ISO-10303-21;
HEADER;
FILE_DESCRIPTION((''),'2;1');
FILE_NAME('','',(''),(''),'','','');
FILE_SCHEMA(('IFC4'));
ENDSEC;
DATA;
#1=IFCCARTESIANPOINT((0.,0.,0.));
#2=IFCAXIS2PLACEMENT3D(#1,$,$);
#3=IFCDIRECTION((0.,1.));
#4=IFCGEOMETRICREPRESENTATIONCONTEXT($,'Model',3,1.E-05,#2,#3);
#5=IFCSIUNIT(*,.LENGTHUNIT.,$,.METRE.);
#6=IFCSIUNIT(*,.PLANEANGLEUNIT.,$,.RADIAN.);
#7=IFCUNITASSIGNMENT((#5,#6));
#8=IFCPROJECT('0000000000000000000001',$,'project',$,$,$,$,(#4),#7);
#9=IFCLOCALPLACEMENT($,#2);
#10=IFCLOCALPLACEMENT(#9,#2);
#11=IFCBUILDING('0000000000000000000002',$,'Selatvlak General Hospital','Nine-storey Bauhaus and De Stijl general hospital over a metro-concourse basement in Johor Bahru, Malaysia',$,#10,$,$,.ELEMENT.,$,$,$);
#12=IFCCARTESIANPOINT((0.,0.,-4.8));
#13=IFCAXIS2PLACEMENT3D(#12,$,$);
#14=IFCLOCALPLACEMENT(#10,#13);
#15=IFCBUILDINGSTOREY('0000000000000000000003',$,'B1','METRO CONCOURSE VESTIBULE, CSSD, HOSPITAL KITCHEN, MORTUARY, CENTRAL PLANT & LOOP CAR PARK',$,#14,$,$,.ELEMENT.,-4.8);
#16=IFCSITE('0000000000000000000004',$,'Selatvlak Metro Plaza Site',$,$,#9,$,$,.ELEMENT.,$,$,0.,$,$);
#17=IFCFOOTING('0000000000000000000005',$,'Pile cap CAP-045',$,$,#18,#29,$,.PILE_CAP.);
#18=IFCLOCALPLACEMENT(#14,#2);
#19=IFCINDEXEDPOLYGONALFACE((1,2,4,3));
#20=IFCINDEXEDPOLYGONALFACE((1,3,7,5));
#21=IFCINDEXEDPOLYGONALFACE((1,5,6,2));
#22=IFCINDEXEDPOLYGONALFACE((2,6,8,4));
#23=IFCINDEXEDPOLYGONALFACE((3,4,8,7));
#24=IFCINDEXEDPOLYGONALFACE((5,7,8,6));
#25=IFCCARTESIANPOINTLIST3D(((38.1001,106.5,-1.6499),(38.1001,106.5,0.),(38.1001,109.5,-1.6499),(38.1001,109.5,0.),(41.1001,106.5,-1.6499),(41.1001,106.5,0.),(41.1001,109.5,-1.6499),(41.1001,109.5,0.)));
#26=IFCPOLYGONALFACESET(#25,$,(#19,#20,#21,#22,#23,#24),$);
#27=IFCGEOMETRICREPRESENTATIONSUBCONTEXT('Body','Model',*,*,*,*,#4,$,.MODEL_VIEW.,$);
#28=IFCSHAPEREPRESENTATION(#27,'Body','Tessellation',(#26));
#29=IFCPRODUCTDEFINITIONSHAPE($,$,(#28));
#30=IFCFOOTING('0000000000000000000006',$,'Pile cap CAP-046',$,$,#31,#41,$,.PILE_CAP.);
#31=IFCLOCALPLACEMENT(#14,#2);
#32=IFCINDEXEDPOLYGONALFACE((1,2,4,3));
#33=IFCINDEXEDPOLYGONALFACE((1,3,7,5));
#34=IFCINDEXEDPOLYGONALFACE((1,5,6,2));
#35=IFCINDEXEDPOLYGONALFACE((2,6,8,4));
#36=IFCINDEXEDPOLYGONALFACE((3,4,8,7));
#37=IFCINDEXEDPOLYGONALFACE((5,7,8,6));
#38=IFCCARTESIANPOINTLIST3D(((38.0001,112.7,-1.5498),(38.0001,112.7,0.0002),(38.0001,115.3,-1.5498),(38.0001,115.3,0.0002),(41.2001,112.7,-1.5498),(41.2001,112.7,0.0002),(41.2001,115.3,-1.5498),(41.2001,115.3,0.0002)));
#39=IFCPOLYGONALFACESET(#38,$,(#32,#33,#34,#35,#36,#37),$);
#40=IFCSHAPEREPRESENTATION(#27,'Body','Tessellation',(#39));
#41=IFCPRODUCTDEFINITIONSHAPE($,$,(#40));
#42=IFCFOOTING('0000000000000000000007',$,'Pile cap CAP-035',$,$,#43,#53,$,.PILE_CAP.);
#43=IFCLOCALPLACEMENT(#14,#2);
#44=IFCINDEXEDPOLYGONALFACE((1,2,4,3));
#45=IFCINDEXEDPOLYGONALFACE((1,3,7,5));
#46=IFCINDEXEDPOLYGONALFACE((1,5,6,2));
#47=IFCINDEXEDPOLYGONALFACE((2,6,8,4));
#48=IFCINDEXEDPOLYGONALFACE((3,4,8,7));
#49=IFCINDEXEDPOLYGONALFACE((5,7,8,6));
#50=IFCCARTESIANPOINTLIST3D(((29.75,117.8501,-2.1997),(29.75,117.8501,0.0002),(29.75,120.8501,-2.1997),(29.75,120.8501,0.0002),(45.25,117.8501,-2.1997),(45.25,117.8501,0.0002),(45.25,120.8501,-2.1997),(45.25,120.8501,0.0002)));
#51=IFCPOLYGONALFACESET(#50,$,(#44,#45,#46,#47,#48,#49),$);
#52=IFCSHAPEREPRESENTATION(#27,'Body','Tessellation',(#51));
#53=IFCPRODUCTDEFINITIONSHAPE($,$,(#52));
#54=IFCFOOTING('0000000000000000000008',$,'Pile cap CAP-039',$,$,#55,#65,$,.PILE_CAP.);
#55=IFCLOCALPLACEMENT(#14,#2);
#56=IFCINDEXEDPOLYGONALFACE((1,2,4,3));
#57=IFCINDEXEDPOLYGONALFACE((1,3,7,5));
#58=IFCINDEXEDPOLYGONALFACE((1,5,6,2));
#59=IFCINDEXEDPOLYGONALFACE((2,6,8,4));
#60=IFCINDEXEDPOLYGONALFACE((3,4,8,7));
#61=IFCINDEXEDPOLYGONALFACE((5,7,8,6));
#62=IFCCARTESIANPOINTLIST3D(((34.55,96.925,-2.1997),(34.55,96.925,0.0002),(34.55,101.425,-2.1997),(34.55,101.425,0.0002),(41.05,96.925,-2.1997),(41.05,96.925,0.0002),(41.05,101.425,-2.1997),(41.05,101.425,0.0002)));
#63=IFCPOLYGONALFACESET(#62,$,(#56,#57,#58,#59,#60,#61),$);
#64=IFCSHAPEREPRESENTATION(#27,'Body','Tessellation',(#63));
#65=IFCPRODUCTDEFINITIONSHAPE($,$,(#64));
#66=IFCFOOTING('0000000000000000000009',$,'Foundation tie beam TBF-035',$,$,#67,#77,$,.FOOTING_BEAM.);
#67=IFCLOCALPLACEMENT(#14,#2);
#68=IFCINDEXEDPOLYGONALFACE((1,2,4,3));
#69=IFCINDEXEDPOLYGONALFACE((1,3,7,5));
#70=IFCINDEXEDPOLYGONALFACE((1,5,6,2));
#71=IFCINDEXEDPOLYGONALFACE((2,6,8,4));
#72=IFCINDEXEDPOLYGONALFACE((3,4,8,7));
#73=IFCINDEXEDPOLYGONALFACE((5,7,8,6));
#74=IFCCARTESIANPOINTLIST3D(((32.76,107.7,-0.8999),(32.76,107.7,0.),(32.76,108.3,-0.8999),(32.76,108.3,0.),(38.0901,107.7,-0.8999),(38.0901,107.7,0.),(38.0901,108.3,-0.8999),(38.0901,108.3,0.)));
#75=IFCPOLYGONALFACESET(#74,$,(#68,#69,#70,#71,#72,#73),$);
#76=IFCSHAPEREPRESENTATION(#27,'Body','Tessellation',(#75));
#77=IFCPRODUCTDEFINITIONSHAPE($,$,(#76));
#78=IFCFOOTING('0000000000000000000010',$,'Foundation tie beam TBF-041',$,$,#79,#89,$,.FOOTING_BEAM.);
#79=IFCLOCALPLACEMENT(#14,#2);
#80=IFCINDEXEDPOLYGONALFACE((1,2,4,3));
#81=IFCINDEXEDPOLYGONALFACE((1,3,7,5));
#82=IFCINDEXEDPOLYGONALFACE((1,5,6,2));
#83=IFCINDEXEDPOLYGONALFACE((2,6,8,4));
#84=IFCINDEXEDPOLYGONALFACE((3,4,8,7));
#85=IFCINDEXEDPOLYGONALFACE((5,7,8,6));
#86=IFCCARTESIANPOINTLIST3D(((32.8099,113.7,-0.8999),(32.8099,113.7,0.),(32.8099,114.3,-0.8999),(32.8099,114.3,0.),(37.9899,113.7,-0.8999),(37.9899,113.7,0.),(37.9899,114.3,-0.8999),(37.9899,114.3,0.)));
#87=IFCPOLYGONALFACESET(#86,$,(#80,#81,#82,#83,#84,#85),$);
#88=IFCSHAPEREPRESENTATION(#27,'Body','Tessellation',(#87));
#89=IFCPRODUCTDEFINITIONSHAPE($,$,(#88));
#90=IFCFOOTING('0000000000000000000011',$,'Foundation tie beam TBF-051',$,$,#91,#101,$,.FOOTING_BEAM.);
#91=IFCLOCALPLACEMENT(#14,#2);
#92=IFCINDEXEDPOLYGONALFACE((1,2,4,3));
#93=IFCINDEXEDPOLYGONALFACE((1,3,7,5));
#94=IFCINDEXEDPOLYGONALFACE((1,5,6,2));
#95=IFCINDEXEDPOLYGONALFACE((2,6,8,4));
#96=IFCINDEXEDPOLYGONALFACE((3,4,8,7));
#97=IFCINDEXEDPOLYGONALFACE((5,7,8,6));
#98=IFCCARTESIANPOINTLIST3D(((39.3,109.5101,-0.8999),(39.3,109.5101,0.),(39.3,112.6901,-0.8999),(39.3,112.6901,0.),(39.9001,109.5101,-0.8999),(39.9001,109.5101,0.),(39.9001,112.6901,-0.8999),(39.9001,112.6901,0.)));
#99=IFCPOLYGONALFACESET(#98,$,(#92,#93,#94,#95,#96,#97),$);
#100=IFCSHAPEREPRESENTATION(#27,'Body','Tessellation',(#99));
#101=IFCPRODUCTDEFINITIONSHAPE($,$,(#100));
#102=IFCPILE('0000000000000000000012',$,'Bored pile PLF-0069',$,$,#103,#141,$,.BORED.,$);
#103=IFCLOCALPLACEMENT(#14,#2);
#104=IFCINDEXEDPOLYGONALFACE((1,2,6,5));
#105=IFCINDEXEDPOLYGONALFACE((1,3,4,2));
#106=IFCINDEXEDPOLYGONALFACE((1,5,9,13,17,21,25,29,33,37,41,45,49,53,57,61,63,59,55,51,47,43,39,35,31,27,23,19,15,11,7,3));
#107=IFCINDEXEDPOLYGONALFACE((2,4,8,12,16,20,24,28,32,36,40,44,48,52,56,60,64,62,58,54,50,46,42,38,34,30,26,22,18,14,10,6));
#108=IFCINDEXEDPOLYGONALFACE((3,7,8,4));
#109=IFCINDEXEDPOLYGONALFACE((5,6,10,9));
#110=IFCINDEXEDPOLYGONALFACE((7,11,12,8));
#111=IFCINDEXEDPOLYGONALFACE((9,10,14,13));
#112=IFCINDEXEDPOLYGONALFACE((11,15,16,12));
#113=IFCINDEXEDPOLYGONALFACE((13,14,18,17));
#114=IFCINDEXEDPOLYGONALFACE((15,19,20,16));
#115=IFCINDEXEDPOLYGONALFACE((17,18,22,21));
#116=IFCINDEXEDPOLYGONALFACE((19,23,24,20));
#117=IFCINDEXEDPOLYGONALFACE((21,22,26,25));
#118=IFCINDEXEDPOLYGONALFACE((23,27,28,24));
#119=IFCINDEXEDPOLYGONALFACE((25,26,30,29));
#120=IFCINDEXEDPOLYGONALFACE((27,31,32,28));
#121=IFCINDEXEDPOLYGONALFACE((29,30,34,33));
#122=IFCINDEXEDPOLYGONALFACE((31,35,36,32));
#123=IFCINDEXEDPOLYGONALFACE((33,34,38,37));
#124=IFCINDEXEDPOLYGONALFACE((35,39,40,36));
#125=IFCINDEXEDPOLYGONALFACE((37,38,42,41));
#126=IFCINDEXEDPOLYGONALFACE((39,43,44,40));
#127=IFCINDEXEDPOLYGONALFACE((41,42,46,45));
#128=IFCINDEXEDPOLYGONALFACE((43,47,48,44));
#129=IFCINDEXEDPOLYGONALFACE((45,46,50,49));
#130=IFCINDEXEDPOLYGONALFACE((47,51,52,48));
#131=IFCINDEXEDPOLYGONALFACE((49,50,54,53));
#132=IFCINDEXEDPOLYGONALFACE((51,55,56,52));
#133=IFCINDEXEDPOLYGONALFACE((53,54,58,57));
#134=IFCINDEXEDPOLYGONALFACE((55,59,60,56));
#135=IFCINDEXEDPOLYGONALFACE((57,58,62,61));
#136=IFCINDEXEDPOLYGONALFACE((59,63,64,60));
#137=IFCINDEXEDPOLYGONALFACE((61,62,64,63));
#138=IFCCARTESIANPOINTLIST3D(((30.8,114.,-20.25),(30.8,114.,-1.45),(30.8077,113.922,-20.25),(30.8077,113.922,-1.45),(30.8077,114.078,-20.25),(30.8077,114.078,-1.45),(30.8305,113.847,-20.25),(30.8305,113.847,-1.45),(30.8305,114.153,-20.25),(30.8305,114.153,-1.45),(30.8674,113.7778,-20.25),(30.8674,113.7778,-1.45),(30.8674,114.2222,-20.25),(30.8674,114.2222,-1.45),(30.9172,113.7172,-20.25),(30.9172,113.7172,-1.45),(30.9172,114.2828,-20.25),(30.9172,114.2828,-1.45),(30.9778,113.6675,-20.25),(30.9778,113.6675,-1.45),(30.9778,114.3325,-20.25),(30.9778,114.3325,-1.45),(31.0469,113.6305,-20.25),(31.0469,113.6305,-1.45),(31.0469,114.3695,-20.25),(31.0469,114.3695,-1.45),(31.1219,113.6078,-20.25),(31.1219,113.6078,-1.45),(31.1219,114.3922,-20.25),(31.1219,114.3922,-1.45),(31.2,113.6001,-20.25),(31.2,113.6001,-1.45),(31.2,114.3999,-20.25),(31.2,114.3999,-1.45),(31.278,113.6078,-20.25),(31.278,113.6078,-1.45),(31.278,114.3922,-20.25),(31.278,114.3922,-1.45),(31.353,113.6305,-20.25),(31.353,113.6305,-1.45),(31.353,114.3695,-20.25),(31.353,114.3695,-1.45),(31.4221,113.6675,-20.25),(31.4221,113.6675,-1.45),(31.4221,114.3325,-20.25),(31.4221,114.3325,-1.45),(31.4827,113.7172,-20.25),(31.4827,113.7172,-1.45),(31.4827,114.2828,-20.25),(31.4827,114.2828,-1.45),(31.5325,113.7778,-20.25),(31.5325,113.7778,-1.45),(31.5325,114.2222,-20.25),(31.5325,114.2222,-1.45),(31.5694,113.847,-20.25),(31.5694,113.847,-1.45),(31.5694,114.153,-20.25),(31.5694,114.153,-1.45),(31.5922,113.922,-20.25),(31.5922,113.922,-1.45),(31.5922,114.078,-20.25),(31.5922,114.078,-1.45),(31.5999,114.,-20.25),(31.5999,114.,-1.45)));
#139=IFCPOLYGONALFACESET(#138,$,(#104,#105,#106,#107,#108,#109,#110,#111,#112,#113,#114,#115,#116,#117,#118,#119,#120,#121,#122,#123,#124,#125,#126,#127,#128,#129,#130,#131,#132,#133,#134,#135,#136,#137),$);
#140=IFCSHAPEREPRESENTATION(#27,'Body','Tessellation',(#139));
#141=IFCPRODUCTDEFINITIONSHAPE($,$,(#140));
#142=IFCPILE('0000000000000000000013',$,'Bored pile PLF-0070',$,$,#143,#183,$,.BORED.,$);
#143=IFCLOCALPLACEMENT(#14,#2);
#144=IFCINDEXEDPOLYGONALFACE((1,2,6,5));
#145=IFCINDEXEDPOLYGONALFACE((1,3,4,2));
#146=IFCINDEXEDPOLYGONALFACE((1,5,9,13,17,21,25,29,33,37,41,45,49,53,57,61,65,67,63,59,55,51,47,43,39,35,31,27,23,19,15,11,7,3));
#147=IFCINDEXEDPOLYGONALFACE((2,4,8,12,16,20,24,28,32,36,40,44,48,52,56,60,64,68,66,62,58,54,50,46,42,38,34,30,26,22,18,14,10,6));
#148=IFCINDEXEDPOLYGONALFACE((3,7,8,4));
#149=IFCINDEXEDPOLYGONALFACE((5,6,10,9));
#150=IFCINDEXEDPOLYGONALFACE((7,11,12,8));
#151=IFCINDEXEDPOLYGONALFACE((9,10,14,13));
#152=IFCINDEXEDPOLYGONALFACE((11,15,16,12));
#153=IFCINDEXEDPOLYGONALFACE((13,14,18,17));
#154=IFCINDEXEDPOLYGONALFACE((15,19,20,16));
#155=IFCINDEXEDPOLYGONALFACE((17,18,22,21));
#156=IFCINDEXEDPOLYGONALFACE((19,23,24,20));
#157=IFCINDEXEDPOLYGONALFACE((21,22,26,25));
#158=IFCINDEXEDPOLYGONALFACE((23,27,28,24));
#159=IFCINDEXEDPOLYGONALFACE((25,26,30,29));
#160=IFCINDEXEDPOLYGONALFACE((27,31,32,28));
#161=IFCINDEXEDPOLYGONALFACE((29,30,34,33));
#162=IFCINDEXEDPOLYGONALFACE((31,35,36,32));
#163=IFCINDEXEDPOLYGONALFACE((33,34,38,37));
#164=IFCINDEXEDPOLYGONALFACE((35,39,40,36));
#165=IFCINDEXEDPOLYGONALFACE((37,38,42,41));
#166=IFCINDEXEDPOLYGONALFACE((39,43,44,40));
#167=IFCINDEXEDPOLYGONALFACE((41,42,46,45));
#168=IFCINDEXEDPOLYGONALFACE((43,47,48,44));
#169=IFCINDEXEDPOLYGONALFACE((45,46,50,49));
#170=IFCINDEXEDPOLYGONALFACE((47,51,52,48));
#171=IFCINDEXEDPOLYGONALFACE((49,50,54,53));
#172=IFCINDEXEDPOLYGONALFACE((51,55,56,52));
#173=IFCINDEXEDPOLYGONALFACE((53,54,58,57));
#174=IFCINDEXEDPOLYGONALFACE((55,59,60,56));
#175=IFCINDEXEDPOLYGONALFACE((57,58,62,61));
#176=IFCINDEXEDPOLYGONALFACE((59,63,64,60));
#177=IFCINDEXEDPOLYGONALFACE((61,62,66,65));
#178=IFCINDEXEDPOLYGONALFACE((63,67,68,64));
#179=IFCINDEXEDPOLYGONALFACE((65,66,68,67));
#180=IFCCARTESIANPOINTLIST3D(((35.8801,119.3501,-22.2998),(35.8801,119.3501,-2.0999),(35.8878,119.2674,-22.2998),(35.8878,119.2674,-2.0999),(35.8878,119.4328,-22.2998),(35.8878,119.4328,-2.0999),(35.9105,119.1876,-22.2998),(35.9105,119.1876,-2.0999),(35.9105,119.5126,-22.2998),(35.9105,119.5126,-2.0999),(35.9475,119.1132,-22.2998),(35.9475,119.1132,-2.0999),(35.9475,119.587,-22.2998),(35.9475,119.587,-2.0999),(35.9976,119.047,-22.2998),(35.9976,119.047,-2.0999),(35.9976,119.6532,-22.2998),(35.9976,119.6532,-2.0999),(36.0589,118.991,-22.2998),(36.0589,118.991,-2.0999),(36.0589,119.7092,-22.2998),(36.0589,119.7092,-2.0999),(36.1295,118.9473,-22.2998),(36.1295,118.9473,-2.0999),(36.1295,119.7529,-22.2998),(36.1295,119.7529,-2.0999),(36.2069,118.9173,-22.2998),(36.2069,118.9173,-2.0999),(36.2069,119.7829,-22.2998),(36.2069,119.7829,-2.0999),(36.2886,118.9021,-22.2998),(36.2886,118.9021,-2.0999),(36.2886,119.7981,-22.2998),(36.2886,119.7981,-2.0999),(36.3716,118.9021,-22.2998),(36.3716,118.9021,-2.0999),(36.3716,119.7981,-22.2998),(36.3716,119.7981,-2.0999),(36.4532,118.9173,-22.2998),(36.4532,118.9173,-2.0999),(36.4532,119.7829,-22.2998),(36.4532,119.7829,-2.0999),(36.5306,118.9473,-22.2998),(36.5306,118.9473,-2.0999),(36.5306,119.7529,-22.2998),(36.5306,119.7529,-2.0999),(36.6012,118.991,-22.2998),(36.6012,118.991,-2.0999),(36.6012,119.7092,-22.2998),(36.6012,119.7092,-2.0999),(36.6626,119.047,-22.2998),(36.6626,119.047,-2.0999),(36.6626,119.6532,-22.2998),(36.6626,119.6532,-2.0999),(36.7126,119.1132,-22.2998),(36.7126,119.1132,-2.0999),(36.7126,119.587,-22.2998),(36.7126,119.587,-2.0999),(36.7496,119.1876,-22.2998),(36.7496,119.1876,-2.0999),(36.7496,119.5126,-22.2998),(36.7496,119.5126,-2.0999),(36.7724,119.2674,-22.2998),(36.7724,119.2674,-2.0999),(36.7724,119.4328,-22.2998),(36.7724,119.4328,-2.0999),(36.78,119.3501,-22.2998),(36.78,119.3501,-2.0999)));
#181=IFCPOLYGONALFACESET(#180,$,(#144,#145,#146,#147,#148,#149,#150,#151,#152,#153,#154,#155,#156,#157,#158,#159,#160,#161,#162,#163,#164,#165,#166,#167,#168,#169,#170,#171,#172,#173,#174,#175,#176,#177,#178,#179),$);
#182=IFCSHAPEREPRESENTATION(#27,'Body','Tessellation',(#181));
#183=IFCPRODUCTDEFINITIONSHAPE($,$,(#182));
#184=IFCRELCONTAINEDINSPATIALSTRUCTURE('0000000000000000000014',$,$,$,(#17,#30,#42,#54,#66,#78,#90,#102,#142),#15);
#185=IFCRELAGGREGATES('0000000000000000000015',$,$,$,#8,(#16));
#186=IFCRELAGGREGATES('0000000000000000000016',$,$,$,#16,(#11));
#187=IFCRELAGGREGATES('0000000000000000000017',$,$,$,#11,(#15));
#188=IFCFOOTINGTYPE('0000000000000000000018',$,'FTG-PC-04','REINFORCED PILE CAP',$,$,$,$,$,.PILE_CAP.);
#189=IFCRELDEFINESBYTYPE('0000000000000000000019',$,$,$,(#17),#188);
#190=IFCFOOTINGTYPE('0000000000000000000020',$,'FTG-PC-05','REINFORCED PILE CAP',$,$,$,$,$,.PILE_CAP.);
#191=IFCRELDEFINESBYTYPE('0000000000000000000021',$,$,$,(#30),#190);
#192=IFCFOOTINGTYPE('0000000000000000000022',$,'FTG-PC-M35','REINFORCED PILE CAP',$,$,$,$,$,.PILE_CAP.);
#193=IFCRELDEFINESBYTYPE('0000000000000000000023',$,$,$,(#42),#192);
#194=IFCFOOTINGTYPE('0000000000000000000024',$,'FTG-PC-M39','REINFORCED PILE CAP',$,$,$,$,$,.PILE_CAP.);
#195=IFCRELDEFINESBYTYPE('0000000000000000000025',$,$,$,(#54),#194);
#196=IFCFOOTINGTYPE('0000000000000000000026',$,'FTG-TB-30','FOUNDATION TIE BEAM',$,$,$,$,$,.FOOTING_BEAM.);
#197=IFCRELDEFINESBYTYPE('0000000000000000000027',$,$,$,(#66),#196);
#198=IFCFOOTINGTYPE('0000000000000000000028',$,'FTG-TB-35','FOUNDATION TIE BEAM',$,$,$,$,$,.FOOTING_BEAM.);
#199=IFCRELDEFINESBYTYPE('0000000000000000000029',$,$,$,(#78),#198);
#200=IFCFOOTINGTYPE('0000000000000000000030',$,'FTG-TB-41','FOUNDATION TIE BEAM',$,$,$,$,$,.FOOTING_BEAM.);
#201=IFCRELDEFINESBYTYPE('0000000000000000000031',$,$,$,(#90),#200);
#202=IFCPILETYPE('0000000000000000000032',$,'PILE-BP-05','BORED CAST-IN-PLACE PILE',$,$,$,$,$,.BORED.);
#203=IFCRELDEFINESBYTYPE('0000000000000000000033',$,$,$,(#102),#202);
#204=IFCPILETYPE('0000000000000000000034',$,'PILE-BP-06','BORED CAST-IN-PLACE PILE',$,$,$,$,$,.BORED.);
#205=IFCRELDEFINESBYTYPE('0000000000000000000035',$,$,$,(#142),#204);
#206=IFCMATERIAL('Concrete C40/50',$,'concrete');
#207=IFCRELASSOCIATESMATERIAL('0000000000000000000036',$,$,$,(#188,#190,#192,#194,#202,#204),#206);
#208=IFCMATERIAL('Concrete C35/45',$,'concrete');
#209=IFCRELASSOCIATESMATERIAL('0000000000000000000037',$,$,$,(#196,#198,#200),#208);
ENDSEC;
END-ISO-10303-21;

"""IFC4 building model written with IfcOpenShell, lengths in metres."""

from ifc_helpers import new_model, si_unit, direction, frame, origin, origin_2d, place, context, subcontext, project, spatial, rectangle, circle, extrude, material, material_profile, profile_set, type_object, element, save


model = new_model("IFC4")

# Units and contexts
model_context = context("Model", 3, precision=1e-05, world=origin(), true_north=direction((0.0, 1.0)))
body_context = subcontext(model_context, "Body", "Model", "MODEL_VIEW")
ifc_project = project(units=[si_unit("LENGTHUNIT", "METRE"), si_unit("PLANEANGLEUNIT", "RADIAN")], contexts=[model_context])

# Site, building, storey
site_placement = place(None, origin())
site = spatial("IfcSite", under=ifc_project, at=site_placement, Name="Selatvlak Metro Plaza Site", CompositionType="ELEMENT", RefElevation=0.0)
building_placement = place(site_placement, origin())
building = spatial("IfcBuilding", under=site, at=building_placement, Name="Selatvlak General Hospital", Description="Nine-storey Bauhaus and De Stijl general hospital over a metro-concourse basement in Johor Bahru, Malaysia", CompositionType="ELEMENT")
storey_placement = place(building_placement, frame((0.0, 0.0, -4.8)))
storey = spatial("IfcBuildingStorey", under=building, at=storey_placement, Name="B1", Description="METRO CONCOURSE VESTIBULE, CSSD, HOSPITAL KITCHEN, MORTUARY, CENTRAL PLANT & LOOP CAR PARK", CompositionType="ELEMENT", Elevation=-4.8)

# Footings
ifc_material_1 = material(Name="Concrete C40/50", Category="concrete")
footing_type_1 = type_object("IfcFootingType", Name="FTG-PC-04", Description="REINFORCED PILE CAP", PredefinedType="PILE_CAP", material=ifc_material_1)
footing_1_placement = place(storey_placement, frame((39.6001, 108.0, -1.6499), z_axis=(0.0, 0.0, 1.0), x_axis=(1.0, 0.0, 0.0)))
element("IfcFooting", 1, at=footing_1_placement, inside=storey, type_object=footing_type_1, Name="Pile cap CAP-045", PredefinedType="PILE_CAP", context=body_context, shape_type="SweptSolid", body=[
    extrude(rectangle(XDim=3.0, YDim=3.0, at=origin_2d()), origin(), (0.0, 0.0, 1.0), 1.6499),
])
footing_type_2 = type_object("IfcFootingType", Name="FTG-PC-05", Description="REINFORCED PILE CAP", PredefinedType="PILE_CAP", material=ifc_material_1)
footing_2_placement = place(storey_placement, frame((39.6001, 114.0, -1.5498), z_axis=(0.0, 0.0, 1.0), x_axis=(1.0, 0.0, 0.0)))
element("IfcFooting", 2, at=footing_2_placement, inside=storey, type_object=footing_type_2, Name="Pile cap CAP-046", PredefinedType="PILE_CAP", context=body_context, shape_type="SweptSolid", body=[
    extrude(rectangle(XDim=3.2, YDim=2.6001, at=origin_2d()), origin(), (0.0, 0.0, 1.0), 1.55),
])
footing_type_3 = type_object("IfcFootingType", Name="FTG-PC-M35", Description="REINFORCED PILE CAP", PredefinedType="PILE_CAP", material=ifc_material_1)
footing_3_placement = place(storey_placement, frame((37.5, 119.3501, -2.1997), z_axis=(0.0, 0.0, 1.0), x_axis=(1.0, 0.0, 0.0)))
element("IfcFooting", 3, at=footing_3_placement, inside=storey, type_object=footing_type_3, Name="Pile cap CAP-035", PredefinedType="PILE_CAP", context=body_context, shape_type="SweptSolid", body=[
    extrude(rectangle(XDim=15.5, YDim=3.0, at=origin_2d()), origin(), (0.0, 0.0, 1.0), 2.2),
])
footing_type_4 = type_object("IfcFootingType", Name="FTG-PC-M39", Description="REINFORCED PILE CAP", PredefinedType="PILE_CAP", material=ifc_material_1)
footing_4_placement = place(storey_placement, frame((37.8, 99.175, -2.1997), z_axis=(0.0, 0.0, 1.0), x_axis=(1.0, 0.0, 0.0)))
element("IfcFooting", 4, at=footing_4_placement, inside=storey, type_object=footing_type_4, Name="Pile cap CAP-039", PredefinedType="PILE_CAP", context=body_context, shape_type="SweptSolid", body=[
    extrude(rectangle(XDim=6.5, YDim=4.5, at=origin_2d()), origin(), (0.0, 0.0, 1.0), 2.2),
])
ifc_material_2 = material(Name="Concrete C35/45", Category="concrete")
footing_type_5 = type_object("IfcFootingType", Name="FTG-TB-30", Description="FOUNDATION TIE BEAM", PredefinedType="FOOTING_BEAM", material=ifc_material_2)
footing_5_placement = place(storey_placement, frame((35.425, 108.0, -0.8999), z_axis=(0.0, 0.0, 1.0), x_axis=(1.0, 0.0, 0.0)))
element("IfcFooting", 5, at=footing_5_placement, inside=storey, type_object=footing_type_5, Name="Foundation tie beam TBF-035", PredefinedType="FOOTING_BEAM", context=body_context, shape_type="SweptSolid", body=[
    extrude(rectangle(XDim=5.3301, YDim=0.6001, at=origin_2d()), origin(), (0.0, 0.0, 1.0), 0.8999),
])
footing_type_6 = type_object("IfcFootingType", Name="FTG-TB-35", Description="FOUNDATION TIE BEAM", PredefinedType="FOOTING_BEAM", material=ifc_material_2)
footing_6_placement = place(storey_placement, frame((35.3999, 114.0, -0.8999), z_axis=(0.0, 0.0, 1.0), x_axis=(1.0, 0.0, 0.0)))
element("IfcFooting", 6, at=footing_6_placement, inside=storey, type_object=footing_type_6, Name="Foundation tie beam TBF-041", PredefinedType="FOOTING_BEAM", context=body_context, shape_type="SweptSolid", body=[
    extrude(rectangle(XDim=5.1799, YDim=0.6001, at=origin_2d()), origin(), (0.0, 0.0, 1.0), 0.8999),
])
footing_type_7 = type_object("IfcFootingType", Name="FTG-TB-41", Description="FOUNDATION TIE BEAM", PredefinedType="FOOTING_BEAM", material=ifc_material_2)
footing_7_placement = place(storey_placement, frame((39.6001, 111.1001, -0.8999), z_axis=(0.0, 0.0, 1.0), x_axis=(0.0, 1.0, 0.0)))
element("IfcFooting", 7, at=footing_7_placement, inside=storey, type_object=footing_type_7, Name="Foundation tie beam TBF-051", PredefinedType="FOOTING_BEAM", context=body_context, shape_type="SweptSolid", body=[
    extrude(rectangle(XDim=3.1799, YDim=0.6001, at=origin_2d()), origin(), (0.0, 0.0, 1.0), 0.8999),
])

# Piles
ifc_material_profile_1 = material_profile(ifc_material_1, circle(Radius=0.3999, at=origin_2d()), Name="BORED PILE 800")
ifc_profile_set_1 = profile_set([ifc_material_profile_1], Name="Concrete C40/50")
pile_type_1 = type_object("IfcPileType", Name="PILE-BP-05", Description="BORED CAST-IN-PLACE PILE", PredefinedType="BORED", material=ifc_profile_set_1)
pile_1_placement = place(storey_placement, frame((31.2, 114.0, -1.45), z_axis=(0.0, 0.0, -1.0), x_axis=(1.0, 0.0, 0.0)))
element("IfcPile", 8, at=pile_1_placement, inside=storey, type_object=pile_type_1, Name="Bored pile PLF-0069", PredefinedType="BORED", context=body_context, shape_type="SweptSolid", body=[
    extrude(circle(Radius=0.3999, at=origin_2d()), origin(), (0.0, 0.0, 1.0), 18.8),
])
ifc_material_profile_2 = material_profile(ifc_material_1, circle(Radius=0.45, at=origin_2d()), Name="BORED PILE 900")
ifc_profile_set_2 = profile_set([ifc_material_profile_2], Name="Concrete C40/50")
pile_type_2 = type_object("IfcPileType", Name="PILE-BP-06", Description="BORED CAST-IN-PLACE PILE", PredefinedType="BORED", material=ifc_profile_set_2)
for number, where, z_axis, x_axis, name in (
    (9, (36.3301, 119.3501, -2.0999), (0.0, 0.0, -1.0), (1.0, 0.0, 0.0), "Bored pile PLF-0070"),
):
    element("IfcPile", number, at=place(storey_placement, frame(where, z_axis=z_axis, x_axis=x_axis)), inside=storey, type_object=pile_type_2, Name=name, PredefinedType="BORED", context=body_context, shape_type="SweptSolid", body=[
        extrude(circle(Radius=0.45, at=origin_2d()), origin(), (0.0, 0.0, 1.0), 20.2),
    ])

save(model, "model.ifc")
